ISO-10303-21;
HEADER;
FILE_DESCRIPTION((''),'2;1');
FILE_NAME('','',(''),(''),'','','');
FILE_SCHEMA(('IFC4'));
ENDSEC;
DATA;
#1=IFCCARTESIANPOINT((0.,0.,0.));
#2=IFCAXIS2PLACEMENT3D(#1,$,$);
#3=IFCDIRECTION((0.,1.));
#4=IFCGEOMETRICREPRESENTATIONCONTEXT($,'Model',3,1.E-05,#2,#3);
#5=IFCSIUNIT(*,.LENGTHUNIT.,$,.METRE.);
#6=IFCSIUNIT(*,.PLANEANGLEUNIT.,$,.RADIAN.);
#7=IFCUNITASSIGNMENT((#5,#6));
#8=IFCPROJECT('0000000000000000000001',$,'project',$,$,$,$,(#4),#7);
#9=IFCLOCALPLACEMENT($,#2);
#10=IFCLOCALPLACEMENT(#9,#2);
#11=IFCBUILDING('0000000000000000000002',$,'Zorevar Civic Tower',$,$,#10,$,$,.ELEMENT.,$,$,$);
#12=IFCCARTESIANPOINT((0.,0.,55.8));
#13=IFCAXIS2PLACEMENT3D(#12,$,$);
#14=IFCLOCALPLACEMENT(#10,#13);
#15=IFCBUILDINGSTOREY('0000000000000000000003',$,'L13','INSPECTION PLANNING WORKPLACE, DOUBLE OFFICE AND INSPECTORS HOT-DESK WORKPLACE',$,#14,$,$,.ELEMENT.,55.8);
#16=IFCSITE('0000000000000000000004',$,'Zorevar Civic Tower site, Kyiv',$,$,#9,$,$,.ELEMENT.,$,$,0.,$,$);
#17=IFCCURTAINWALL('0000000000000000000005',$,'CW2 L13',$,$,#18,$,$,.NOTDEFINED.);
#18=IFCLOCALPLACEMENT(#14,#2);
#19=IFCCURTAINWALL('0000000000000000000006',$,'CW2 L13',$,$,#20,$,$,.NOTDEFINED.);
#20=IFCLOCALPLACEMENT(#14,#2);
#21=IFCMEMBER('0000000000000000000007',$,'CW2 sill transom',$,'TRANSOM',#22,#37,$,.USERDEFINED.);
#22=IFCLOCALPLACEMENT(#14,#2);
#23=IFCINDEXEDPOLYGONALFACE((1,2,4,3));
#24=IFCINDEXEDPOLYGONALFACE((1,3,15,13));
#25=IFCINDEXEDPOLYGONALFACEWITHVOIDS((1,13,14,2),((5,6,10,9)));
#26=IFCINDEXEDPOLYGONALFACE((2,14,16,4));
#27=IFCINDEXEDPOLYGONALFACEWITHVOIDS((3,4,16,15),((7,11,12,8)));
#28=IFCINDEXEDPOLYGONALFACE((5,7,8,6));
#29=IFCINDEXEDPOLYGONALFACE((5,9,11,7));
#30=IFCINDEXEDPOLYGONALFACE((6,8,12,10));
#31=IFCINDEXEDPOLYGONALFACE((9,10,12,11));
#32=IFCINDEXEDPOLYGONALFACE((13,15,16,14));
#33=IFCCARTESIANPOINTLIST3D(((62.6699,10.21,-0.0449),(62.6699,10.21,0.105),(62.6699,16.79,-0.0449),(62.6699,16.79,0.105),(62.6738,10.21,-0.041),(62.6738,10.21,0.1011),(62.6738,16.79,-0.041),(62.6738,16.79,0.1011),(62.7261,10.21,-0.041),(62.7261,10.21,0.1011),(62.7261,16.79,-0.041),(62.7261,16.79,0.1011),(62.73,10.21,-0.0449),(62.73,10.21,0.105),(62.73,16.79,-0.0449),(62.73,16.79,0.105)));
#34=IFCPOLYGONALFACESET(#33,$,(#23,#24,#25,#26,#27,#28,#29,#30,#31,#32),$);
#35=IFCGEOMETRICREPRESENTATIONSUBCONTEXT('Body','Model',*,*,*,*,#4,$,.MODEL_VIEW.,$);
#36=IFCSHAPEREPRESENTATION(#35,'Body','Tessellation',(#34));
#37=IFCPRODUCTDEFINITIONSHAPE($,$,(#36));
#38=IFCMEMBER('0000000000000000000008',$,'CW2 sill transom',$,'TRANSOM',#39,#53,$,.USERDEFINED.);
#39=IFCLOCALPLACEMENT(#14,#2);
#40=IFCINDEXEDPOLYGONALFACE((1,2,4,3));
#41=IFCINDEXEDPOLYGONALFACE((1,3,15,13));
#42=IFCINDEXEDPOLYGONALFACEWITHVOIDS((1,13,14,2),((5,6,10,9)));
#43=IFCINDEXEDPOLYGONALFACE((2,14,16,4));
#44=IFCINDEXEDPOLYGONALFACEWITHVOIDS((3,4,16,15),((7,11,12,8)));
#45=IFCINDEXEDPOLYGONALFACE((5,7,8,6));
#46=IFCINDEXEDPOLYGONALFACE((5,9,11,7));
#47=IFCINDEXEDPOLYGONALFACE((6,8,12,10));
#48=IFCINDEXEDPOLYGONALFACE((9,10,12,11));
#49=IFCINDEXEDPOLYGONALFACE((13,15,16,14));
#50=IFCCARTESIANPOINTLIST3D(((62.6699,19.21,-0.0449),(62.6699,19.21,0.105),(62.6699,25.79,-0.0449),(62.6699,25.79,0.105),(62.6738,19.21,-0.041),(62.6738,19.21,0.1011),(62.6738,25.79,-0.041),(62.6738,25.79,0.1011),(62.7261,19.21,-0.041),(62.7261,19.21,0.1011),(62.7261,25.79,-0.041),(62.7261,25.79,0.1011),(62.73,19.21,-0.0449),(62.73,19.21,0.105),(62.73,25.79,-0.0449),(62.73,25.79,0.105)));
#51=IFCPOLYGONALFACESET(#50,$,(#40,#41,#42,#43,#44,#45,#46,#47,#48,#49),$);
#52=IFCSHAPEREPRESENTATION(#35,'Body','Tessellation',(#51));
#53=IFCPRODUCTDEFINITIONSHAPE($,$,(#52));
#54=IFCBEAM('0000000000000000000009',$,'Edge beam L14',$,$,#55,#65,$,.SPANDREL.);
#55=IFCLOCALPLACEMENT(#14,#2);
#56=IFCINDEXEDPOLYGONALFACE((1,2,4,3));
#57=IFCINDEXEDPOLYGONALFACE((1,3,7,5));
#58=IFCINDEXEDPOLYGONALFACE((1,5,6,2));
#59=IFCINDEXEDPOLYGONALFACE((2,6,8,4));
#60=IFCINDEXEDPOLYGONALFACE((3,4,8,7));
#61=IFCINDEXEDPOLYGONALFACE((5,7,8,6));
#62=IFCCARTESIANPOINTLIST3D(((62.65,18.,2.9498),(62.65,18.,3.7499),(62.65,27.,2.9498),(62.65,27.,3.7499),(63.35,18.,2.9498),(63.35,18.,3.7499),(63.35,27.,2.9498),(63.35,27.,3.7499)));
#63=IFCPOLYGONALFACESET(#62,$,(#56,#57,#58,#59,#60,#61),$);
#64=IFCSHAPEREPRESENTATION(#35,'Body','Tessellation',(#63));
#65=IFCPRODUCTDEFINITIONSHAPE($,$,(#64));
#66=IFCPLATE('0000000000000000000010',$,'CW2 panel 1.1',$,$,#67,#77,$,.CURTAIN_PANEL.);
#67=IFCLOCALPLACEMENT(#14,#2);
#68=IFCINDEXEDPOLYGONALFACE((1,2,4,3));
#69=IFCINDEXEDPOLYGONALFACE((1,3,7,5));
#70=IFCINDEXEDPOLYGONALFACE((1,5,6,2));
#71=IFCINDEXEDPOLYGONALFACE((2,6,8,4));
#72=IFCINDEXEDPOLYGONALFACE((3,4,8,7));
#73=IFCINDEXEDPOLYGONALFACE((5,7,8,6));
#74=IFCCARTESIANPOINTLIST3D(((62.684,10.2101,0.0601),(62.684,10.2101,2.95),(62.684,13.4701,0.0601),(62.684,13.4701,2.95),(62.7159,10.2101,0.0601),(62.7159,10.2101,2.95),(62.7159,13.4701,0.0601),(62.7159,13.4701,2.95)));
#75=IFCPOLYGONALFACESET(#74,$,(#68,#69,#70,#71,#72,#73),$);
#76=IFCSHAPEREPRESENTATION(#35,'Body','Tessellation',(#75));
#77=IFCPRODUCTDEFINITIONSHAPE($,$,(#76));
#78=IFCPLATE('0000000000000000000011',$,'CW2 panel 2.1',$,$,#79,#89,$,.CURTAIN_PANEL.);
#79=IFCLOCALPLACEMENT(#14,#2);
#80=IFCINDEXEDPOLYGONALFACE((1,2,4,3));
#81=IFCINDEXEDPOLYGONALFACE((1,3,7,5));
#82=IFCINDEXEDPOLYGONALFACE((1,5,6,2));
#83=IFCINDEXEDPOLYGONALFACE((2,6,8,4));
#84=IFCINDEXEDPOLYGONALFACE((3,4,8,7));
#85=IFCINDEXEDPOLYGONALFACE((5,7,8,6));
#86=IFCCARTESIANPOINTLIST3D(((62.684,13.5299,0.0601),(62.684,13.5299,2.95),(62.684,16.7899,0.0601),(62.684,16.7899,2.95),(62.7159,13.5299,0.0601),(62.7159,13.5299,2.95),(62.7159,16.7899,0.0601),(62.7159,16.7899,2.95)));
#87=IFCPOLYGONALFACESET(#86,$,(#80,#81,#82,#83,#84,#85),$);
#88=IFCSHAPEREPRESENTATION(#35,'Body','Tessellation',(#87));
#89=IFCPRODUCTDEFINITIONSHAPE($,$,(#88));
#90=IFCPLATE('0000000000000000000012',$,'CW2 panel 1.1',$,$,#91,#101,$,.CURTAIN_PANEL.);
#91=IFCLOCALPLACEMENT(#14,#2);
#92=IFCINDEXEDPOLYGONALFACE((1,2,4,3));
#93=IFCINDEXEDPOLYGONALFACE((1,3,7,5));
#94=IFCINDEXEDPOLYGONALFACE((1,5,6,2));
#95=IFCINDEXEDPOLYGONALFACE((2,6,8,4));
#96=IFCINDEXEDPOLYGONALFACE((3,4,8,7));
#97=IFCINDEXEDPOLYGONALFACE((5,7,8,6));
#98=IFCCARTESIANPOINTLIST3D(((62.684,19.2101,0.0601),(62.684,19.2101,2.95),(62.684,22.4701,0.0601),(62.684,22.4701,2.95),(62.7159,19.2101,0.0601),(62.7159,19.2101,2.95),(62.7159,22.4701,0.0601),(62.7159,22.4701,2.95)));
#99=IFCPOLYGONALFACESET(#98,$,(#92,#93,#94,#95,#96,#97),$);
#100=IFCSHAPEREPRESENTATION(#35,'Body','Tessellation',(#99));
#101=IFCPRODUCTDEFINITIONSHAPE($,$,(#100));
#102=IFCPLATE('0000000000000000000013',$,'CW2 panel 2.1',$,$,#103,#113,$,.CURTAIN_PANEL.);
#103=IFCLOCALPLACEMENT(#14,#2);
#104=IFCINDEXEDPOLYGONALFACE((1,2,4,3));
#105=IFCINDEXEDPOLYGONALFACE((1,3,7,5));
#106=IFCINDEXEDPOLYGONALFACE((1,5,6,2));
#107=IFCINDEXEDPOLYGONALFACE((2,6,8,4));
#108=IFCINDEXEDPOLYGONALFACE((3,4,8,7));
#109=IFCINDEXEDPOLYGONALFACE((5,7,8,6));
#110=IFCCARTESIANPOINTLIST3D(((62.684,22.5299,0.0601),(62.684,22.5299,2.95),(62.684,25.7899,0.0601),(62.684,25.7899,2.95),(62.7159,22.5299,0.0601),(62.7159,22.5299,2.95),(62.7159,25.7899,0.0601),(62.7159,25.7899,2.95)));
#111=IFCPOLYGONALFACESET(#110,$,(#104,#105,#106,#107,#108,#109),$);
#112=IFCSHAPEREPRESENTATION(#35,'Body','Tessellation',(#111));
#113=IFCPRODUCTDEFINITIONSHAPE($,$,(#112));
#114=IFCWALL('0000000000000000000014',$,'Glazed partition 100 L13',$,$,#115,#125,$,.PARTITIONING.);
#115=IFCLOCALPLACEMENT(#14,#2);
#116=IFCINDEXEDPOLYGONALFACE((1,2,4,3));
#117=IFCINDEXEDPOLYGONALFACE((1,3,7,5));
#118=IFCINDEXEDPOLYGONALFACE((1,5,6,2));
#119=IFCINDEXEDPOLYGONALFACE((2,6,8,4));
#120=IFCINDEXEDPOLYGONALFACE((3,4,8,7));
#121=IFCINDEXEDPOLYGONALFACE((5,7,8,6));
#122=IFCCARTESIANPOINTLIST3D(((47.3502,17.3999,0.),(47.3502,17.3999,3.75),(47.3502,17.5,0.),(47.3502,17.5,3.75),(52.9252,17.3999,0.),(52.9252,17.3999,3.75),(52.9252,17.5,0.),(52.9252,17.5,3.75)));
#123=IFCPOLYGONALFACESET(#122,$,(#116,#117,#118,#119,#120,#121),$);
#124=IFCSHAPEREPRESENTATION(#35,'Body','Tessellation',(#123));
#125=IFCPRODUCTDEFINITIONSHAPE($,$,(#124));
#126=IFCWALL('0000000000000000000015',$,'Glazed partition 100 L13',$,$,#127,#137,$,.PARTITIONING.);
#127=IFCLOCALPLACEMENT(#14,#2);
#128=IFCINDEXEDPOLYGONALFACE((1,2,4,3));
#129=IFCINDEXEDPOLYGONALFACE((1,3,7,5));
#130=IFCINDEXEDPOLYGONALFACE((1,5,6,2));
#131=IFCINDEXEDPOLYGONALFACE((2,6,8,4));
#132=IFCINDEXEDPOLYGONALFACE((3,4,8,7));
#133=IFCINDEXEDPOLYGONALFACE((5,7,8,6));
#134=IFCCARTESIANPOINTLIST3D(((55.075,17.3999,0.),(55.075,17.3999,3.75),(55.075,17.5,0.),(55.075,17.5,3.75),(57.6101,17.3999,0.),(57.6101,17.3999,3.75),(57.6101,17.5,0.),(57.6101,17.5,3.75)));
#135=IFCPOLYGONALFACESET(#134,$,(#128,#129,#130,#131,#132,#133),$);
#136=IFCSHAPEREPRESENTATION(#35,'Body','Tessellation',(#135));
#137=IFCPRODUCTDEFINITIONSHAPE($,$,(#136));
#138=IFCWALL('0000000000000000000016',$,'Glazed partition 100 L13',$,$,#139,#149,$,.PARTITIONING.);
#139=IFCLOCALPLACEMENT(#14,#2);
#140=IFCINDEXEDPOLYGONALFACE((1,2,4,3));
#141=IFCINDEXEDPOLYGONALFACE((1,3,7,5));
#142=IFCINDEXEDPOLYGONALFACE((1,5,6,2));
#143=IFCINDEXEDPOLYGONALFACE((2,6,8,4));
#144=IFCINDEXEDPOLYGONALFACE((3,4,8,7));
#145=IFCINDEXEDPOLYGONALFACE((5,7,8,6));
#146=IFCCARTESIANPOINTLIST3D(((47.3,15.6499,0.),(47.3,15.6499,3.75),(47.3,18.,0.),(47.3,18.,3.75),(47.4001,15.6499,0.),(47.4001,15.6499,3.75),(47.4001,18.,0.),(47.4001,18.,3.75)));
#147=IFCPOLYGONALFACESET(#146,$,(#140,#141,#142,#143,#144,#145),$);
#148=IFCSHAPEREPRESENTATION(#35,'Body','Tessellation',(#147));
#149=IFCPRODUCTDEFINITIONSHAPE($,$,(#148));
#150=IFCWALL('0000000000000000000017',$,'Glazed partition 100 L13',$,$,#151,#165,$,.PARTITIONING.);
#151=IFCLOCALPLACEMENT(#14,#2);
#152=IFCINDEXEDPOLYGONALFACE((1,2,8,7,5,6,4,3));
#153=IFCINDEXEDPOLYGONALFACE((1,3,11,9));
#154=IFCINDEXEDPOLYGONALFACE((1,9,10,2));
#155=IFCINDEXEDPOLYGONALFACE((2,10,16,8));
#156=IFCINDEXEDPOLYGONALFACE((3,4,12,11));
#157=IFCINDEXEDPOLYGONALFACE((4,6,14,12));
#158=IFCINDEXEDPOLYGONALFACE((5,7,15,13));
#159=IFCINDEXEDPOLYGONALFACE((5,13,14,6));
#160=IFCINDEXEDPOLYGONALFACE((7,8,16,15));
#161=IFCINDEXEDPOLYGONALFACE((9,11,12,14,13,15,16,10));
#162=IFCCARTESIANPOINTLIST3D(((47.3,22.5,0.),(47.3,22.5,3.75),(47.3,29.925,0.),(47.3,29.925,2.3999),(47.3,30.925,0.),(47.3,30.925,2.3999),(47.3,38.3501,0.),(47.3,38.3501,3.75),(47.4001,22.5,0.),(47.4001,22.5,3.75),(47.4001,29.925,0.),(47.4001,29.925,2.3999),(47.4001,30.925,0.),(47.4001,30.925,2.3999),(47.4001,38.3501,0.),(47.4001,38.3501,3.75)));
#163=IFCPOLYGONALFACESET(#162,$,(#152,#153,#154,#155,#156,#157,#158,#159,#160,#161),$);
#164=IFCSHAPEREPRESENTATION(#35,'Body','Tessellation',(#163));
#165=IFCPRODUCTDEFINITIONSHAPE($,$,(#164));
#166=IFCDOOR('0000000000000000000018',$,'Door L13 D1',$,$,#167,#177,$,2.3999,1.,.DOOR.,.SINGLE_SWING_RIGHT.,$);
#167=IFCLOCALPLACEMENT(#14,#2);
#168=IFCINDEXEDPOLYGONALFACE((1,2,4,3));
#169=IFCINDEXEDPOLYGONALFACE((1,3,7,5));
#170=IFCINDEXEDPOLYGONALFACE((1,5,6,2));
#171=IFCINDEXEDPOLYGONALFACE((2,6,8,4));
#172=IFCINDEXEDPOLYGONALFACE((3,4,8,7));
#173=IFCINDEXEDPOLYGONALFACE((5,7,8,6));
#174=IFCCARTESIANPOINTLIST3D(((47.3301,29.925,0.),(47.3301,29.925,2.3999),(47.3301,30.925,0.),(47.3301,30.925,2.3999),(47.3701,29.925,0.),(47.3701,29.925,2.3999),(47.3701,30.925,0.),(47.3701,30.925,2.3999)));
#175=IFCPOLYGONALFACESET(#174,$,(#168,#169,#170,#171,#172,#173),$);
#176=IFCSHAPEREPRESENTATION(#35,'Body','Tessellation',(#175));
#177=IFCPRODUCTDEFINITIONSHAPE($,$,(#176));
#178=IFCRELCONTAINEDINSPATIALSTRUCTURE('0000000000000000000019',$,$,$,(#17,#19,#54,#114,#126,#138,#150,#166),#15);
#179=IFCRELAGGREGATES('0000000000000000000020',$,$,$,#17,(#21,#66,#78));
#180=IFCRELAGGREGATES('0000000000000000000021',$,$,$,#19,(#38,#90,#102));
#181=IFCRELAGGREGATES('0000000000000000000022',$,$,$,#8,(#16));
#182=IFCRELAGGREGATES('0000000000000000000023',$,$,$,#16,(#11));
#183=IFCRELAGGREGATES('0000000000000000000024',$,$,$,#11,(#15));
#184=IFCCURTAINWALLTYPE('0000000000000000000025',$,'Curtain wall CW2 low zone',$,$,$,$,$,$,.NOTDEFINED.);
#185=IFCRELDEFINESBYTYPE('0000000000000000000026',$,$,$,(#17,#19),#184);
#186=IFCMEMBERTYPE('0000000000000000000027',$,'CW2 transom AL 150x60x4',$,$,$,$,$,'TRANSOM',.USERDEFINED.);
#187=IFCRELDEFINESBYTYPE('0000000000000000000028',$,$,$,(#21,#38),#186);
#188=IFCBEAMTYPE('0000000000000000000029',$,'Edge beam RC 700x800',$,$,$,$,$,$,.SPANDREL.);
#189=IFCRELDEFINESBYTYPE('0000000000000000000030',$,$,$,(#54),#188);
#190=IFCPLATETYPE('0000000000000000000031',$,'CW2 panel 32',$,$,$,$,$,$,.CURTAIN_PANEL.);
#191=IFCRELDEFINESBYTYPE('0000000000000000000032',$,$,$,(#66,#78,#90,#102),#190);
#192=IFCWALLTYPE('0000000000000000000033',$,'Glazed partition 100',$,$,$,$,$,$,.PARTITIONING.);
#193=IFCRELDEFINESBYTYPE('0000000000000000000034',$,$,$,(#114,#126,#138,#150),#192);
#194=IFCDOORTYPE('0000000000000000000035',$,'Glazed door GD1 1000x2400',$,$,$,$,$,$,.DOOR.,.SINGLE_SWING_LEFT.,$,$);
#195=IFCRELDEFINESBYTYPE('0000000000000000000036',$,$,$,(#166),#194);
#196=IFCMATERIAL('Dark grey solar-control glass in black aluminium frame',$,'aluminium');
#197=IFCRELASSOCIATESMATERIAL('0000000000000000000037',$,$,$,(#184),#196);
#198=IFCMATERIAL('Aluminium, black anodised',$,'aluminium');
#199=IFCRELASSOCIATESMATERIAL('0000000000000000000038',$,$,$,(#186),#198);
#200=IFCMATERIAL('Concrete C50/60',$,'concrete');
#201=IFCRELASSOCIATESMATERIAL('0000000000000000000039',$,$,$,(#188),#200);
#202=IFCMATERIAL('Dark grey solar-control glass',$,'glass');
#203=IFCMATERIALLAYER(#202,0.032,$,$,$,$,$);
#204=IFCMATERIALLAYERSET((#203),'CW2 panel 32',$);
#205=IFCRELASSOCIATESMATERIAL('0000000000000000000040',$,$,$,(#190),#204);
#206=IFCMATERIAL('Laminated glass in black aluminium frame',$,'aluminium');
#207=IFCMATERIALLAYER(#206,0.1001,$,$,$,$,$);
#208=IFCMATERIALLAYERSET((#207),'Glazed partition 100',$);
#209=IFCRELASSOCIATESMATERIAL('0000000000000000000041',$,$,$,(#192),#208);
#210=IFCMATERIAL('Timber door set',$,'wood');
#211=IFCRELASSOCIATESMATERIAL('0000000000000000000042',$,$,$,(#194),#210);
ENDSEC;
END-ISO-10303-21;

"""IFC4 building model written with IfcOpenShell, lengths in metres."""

from ifc_helpers import new_model, si_unit, direction, frame, frame_2d, origin, origin_2d, place, context, subcontext, project, spatial, rectangle, hollow_rectangle, extrude, material, layer, layer_set, material_profile, profile_set, type_object, element, fill, aggregate, save


model = new_model("IFC4")

# Units and contexts
model_context = context("Model", 3, precision=1e-05, world=origin(), true_north=direction((0.0, 1.0)))
body_context = subcontext(model_context, "Body", "Model", "MODEL_VIEW")
ifc_project = project(units=[si_unit("LENGTHUNIT", "METRE"), si_unit("PLANEANGLEUNIT", "RADIAN")], contexts=[model_context])

# Site, building, storey
site_placement = place(None, origin())
site = spatial("IfcSite", under=ifc_project, at=site_placement, Name="Zorevar Civic Tower site, Kyiv", CompositionType="ELEMENT", RefElevation=0.0)
building_placement = place(site_placement, origin())
building = spatial("IfcBuilding", under=site, at=building_placement, Name="Zorevar Civic Tower", CompositionType="ELEMENT")
storey_placement = place(building_placement, frame((0.0, 0.0, 55.8)))
storey = spatial("IfcBuildingStorey", under=building, at=storey_placement, Name="L13", Description="INSPECTION PLANNING WORKPLACE, DOUBLE OFFICE AND INSPECTORS HOT-DESK WORKPLACE", CompositionType="ELEMENT", Elevation=55.8)

# Curtain walls
ifc_material_1 = material(Name="Dark grey solar-control glass in black aluminium frame", Category="aluminium")
curtain_wall_type = type_object("IfcCurtainWallType", Name="Curtain wall CW2 low zone", PredefinedType="NOTDEFINED", material=ifc_material_1)
curtain_wall_1_placement = place(storey_placement, origin())
curtain_wall_1 = element("IfcCurtainWall", 1, at=curtain_wall_1_placement, inside=storey, type_object=curtain_wall_type, Name="CW2 L13", PredefinedType="NOTDEFINED")
curtain_wall_2_placement = place(storey_placement, origin())
curtain_wall_2 = element("IfcCurtainWall", 2, at=curtain_wall_2_placement, inside=storey, type_object=curtain_wall_type, Name="CW2 L13", PredefinedType="NOTDEFINED")

# Members
ifc_material_2 = material(Name="Aluminium, black anodised", Category="aluminium")
ifc_material_profile_1 = material_profile(ifc_material_2, hollow_rectangle(XDim=0.0601, YDim=0.1499, WallThickness=0.0039, at=origin_2d()), Name="AL 150x60x4")
ifc_profile_set_1 = profile_set([ifc_material_profile_1], Name="Aluminium, black anodised")
member_type_1 = type_object("IfcMemberType", Name="CW2 transom AL 150x60x4", ElementType="TRANSOM", PredefinedType="USERDEFINED", material=ifc_profile_set_1)
member_1_placement = place(storey_placement, frame((62.7, 10.21, 0.03), z_axis=(0.0, 1.0, 0.0), x_axis=(-1.0, 0.0, 0.0)))
member_1 = element("IfcMember", 3, at=member_1_placement, type_object=member_type_1, Name="CW2 sill transom", ObjectType="TRANSOM", PredefinedType="USERDEFINED", context=body_context, shape_type="SweptSolid", body=[
    extrude(hollow_rectangle(XDim=0.0601, YDim=0.1499, WallThickness=0.0039, at=origin_2d()), origin(), (0.0, 0.0, 1.0), 6.5801),
])
member_2_placement = place(storey_placement, frame((62.7, 19.21, 0.03), z_axis=(0.0, 1.0, 0.0), x_axis=(-1.0, 0.0, 0.0)))
member_2 = element("IfcMember", 4, at=member_2_placement, type_object=member_type_1, Name="CW2 sill transom", ObjectType="TRANSOM", PredefinedType="USERDEFINED", context=body_context, shape_type="SweptSolid", body=[
    extrude(hollow_rectangle(XDim=0.0601, YDim=0.1499, WallThickness=0.0039, at=origin_2d()), origin(), (0.0, 0.0, 1.0), 6.5801),
])

# Beam
ifc_material_3 = material(Name="Concrete C50/60", Category="concrete")
ifc_material_profile_2 = material_profile(ifc_material_3, rectangle(XDim=0.7, YDim=0.8, at=origin_2d()), Name="RC 700x800")
ifc_profile_set_2 = profile_set([ifc_material_profile_2], Name="Concrete C50/60")
beam_type_1 = type_object("IfcBeamType", Name="Edge beam RC 700x800", PredefinedType="SPANDREL", material=ifc_profile_set_2)
beam_1_placement = place(storey_placement, frame((63.0, 18.0, 3.3499), z_axis=(0.0, 1.0, 0.0), x_axis=(-1.0, 0.0, 0.0)))
element("IfcBeam", 5, at=beam_1_placement, inside=storey, type_object=beam_type_1, Name="Edge beam L14", PredefinedType="SPANDREL", context=body_context, shape_type="SweptSolid", body=[
    extrude(rectangle(XDim=0.7, YDim=0.8, at=origin_2d()), origin(), (0.0, 0.0, 1.0), 9.0),
])

# Plates
ifc_material_4 = material(Name="Dark grey solar-control glass", Category="glass")
ifc_layer_1 = layer(ifc_material_4, 0.032)
ifc_layer_set_1 = layer_set([ifc_layer_1], Name="CW2 panel 32")
plate_type = type_object("IfcPlateType", Name="CW2 panel 32", PredefinedType="CURTAIN_PANEL", material=ifc_layer_set_1)
plate_1_placement = place(storey_placement, frame((62.7, 11.8401, 0.0601), z_axis=(0.0, 0.0, 1.0), x_axis=(0.0, 1.0, 0.0)))
plate_1 = element("IfcPlate", 6, at=plate_1_placement, type_object=plate_type, Name="CW2 panel 1.1", PredefinedType="CURTAIN_PANEL", context=body_context, shape_type="SweptSolid", body=[
    extrude(rectangle(XDim=3.26, YDim=0.032, at=origin_2d()), origin(), (0.0, 0.0, 1.0), 2.8899),
])
plate_2_placement = place(storey_placement, frame((62.7, 15.1599, 0.0601), z_axis=(0.0, 0.0, 1.0), x_axis=(0.0, 1.0, 0.0)))
plate_2 = element("IfcPlate", 7, at=plate_2_placement, type_object=plate_type, Name="CW2 panel 2.1", PredefinedType="CURTAIN_PANEL", context=body_context, shape_type="SweptSolid", body=[
    extrude(rectangle(XDim=3.26, YDim=0.032, at=origin_2d()), origin(), (0.0, 0.0, 1.0), 2.8899),
])
aggregate(curtain_wall_1, [member_1, plate_1, plate_2])
plate_3_placement = place(storey_placement, frame((62.7, 20.8401, 0.0601), z_axis=(0.0, 0.0, 1.0), x_axis=(0.0, 1.0, 0.0)))
plate_3 = element("IfcPlate", 8, at=plate_3_placement, type_object=plate_type, Name="CW2 panel 1.1", PredefinedType="CURTAIN_PANEL", context=body_context, shape_type="SweptSolid", body=[
    extrude(rectangle(XDim=3.26, YDim=0.032, at=origin_2d()), origin(), (0.0, 0.0, 1.0), 2.8899),
])
plate_4_placement = place(storey_placement, frame((62.7, 24.1599, 0.0601), z_axis=(0.0, 0.0, 1.0), x_axis=(0.0, 1.0, 0.0)))
plate_4 = element("IfcPlate", 9, at=plate_4_placement, type_object=plate_type, Name="CW2 panel 2.1", PredefinedType="CURTAIN_PANEL", context=body_context, shape_type="SweptSolid", body=[
    extrude(rectangle(XDim=3.26, YDim=0.032, at=origin_2d()), origin(), (0.0, 0.0, 1.0), 2.8899),
])
aggregate(curtain_wall_2, [member_2, plate_3, plate_4])

# Walls
ifc_material_5 = material(Name="Laminated glass in black aluminium frame", Category="aluminium")
ifc_layer_2 = layer(ifc_material_5, 0.1001)
ifc_layer_set_2 = layer_set([ifc_layer_2], Name="Glazed partition 100")
wall_type_1 = type_object("IfcWallType", Name="Glazed partition 100", PredefinedType="PARTITIONING", material=ifc_layer_set_2)
wall_1_placement = place(storey_placement, frame((47.3501, 17.45, 0.0), z_axis=(0.0, 0.0, 1.0), x_axis=(1.0, 0.0, 0.0)))
element("IfcWall", 10, at=wall_1_placement, inside=storey, type_object=wall_type_1, Name="Glazed partition 100 L13", PredefinedType="PARTITIONING", context=body_context, shape_type="SweptSolid", body=[
    extrude(rectangle(XDim=5.575, YDim=0.1001, at=frame_2d((2.7876, 0.0))), origin(), (0.0, 0.0, 1.0), 3.75),
])
wall_2_placement = place(storey_placement, frame((55.075, 17.45, 0.0), z_axis=(0.0, 0.0, 1.0), x_axis=(1.0, 0.0, 0.0)))
element("IfcWall", 11, at=wall_2_placement, inside=storey, type_object=wall_type_1, Name="Glazed partition 100 L13", PredefinedType="PARTITIONING", context=body_context, shape_type="SweptSolid", body=[
    extrude(rectangle(XDim=2.5352, YDim=0.1001, at=frame_2d((1.2676, 0.0))), origin(), (0.0, 0.0, 1.0), 3.75),
])
wall_3_placement = place(storey_placement, frame((47.3501, 15.6499, 0.0), z_axis=(0.0, 0.0, 1.0), x_axis=(0.0, 1.0, 0.0)))
element("IfcWall", 12, at=wall_3_placement, inside=storey, type_object=wall_type_1, Name="Glazed partition 100 L13", PredefinedType="PARTITIONING", context=body_context, shape_type="SweptSolid", body=[
    extrude(rectangle(XDim=2.3501, YDim=0.1001, at=frame_2d((1.175, 0.0))), origin(), (0.0, 0.0, 1.0), 3.75),
])

# Wall, opening, door
wall_4_placement = place(storey_placement, frame((47.3501, 22.5, 0.0), z_axis=(0.0, 0.0, 1.0), x_axis=(0.0, 1.0, 0.0)))
wall_4 = element("IfcWall", 13, at=wall_4_placement, inside=storey, type_object=wall_type_1, Name="Glazed partition 100 L13", PredefinedType="PARTITIONING", context=body_context, shape_type="SweptSolid", body=[
    extrude(rectangle(XDim=15.8501, YDim=0.1001, at=frame_2d((7.925, 0.0))), origin(), (0.0, 0.0, 1.0), 3.75),
])
opening_1_placement = place(wall_4_placement, frame((7.425, 0.0, 0.0)))
opening_1 = element("IfcOpeningElement", 14, at=opening_1_placement, cuts=wall_4, PredefinedType="OPENING", context=body_context, shape_type="SweptSolid", body=[
    extrude(rectangle(XDim=1.0, YDim=2.3999, at=frame_2d((0.5, 1.2))), frame((0.0, 0.0601, 0.0), z_axis=(0.0, -1.0, 0.0), x_axis=(1.0, 0.0, 0.0)), (0.0, 0.0, 1.0), 0.1201),
])
ifc_material_6 = material(Name="Timber door set", Category="wood")
door_type_1 = type_object("IfcDoorType", Name="Glazed door GD1 1000x2400", OperationType="SINGLE_SWING_LEFT", PredefinedType="DOOR", material=ifc_material_6)
door_1_placement = place(opening_1_placement, origin())
door_1 = element("IfcDoor", 15, at=door_1_placement, inside=storey, type_object=door_type_1, Name="Door L13 D1", OperationType="SINGLE_SWING_RIGHT", OverallHeight=2.3999, OverallWidth=1.0, PredefinedType="DOOR", context=body_context, shape_type="SweptSolid", body=[
    extrude(rectangle(XDim=1.0, YDim=2.3999, at=frame_2d((0.5, 1.2))), frame((0.0, 0.02, 0.0), z_axis=(0.0, -1.0, 0.0), x_axis=(1.0, 0.0, 0.0)), (0.0, 0.0, 1.0), 0.04),
])
fill(opening_1, door_1)

save(model, "model.ifc")
